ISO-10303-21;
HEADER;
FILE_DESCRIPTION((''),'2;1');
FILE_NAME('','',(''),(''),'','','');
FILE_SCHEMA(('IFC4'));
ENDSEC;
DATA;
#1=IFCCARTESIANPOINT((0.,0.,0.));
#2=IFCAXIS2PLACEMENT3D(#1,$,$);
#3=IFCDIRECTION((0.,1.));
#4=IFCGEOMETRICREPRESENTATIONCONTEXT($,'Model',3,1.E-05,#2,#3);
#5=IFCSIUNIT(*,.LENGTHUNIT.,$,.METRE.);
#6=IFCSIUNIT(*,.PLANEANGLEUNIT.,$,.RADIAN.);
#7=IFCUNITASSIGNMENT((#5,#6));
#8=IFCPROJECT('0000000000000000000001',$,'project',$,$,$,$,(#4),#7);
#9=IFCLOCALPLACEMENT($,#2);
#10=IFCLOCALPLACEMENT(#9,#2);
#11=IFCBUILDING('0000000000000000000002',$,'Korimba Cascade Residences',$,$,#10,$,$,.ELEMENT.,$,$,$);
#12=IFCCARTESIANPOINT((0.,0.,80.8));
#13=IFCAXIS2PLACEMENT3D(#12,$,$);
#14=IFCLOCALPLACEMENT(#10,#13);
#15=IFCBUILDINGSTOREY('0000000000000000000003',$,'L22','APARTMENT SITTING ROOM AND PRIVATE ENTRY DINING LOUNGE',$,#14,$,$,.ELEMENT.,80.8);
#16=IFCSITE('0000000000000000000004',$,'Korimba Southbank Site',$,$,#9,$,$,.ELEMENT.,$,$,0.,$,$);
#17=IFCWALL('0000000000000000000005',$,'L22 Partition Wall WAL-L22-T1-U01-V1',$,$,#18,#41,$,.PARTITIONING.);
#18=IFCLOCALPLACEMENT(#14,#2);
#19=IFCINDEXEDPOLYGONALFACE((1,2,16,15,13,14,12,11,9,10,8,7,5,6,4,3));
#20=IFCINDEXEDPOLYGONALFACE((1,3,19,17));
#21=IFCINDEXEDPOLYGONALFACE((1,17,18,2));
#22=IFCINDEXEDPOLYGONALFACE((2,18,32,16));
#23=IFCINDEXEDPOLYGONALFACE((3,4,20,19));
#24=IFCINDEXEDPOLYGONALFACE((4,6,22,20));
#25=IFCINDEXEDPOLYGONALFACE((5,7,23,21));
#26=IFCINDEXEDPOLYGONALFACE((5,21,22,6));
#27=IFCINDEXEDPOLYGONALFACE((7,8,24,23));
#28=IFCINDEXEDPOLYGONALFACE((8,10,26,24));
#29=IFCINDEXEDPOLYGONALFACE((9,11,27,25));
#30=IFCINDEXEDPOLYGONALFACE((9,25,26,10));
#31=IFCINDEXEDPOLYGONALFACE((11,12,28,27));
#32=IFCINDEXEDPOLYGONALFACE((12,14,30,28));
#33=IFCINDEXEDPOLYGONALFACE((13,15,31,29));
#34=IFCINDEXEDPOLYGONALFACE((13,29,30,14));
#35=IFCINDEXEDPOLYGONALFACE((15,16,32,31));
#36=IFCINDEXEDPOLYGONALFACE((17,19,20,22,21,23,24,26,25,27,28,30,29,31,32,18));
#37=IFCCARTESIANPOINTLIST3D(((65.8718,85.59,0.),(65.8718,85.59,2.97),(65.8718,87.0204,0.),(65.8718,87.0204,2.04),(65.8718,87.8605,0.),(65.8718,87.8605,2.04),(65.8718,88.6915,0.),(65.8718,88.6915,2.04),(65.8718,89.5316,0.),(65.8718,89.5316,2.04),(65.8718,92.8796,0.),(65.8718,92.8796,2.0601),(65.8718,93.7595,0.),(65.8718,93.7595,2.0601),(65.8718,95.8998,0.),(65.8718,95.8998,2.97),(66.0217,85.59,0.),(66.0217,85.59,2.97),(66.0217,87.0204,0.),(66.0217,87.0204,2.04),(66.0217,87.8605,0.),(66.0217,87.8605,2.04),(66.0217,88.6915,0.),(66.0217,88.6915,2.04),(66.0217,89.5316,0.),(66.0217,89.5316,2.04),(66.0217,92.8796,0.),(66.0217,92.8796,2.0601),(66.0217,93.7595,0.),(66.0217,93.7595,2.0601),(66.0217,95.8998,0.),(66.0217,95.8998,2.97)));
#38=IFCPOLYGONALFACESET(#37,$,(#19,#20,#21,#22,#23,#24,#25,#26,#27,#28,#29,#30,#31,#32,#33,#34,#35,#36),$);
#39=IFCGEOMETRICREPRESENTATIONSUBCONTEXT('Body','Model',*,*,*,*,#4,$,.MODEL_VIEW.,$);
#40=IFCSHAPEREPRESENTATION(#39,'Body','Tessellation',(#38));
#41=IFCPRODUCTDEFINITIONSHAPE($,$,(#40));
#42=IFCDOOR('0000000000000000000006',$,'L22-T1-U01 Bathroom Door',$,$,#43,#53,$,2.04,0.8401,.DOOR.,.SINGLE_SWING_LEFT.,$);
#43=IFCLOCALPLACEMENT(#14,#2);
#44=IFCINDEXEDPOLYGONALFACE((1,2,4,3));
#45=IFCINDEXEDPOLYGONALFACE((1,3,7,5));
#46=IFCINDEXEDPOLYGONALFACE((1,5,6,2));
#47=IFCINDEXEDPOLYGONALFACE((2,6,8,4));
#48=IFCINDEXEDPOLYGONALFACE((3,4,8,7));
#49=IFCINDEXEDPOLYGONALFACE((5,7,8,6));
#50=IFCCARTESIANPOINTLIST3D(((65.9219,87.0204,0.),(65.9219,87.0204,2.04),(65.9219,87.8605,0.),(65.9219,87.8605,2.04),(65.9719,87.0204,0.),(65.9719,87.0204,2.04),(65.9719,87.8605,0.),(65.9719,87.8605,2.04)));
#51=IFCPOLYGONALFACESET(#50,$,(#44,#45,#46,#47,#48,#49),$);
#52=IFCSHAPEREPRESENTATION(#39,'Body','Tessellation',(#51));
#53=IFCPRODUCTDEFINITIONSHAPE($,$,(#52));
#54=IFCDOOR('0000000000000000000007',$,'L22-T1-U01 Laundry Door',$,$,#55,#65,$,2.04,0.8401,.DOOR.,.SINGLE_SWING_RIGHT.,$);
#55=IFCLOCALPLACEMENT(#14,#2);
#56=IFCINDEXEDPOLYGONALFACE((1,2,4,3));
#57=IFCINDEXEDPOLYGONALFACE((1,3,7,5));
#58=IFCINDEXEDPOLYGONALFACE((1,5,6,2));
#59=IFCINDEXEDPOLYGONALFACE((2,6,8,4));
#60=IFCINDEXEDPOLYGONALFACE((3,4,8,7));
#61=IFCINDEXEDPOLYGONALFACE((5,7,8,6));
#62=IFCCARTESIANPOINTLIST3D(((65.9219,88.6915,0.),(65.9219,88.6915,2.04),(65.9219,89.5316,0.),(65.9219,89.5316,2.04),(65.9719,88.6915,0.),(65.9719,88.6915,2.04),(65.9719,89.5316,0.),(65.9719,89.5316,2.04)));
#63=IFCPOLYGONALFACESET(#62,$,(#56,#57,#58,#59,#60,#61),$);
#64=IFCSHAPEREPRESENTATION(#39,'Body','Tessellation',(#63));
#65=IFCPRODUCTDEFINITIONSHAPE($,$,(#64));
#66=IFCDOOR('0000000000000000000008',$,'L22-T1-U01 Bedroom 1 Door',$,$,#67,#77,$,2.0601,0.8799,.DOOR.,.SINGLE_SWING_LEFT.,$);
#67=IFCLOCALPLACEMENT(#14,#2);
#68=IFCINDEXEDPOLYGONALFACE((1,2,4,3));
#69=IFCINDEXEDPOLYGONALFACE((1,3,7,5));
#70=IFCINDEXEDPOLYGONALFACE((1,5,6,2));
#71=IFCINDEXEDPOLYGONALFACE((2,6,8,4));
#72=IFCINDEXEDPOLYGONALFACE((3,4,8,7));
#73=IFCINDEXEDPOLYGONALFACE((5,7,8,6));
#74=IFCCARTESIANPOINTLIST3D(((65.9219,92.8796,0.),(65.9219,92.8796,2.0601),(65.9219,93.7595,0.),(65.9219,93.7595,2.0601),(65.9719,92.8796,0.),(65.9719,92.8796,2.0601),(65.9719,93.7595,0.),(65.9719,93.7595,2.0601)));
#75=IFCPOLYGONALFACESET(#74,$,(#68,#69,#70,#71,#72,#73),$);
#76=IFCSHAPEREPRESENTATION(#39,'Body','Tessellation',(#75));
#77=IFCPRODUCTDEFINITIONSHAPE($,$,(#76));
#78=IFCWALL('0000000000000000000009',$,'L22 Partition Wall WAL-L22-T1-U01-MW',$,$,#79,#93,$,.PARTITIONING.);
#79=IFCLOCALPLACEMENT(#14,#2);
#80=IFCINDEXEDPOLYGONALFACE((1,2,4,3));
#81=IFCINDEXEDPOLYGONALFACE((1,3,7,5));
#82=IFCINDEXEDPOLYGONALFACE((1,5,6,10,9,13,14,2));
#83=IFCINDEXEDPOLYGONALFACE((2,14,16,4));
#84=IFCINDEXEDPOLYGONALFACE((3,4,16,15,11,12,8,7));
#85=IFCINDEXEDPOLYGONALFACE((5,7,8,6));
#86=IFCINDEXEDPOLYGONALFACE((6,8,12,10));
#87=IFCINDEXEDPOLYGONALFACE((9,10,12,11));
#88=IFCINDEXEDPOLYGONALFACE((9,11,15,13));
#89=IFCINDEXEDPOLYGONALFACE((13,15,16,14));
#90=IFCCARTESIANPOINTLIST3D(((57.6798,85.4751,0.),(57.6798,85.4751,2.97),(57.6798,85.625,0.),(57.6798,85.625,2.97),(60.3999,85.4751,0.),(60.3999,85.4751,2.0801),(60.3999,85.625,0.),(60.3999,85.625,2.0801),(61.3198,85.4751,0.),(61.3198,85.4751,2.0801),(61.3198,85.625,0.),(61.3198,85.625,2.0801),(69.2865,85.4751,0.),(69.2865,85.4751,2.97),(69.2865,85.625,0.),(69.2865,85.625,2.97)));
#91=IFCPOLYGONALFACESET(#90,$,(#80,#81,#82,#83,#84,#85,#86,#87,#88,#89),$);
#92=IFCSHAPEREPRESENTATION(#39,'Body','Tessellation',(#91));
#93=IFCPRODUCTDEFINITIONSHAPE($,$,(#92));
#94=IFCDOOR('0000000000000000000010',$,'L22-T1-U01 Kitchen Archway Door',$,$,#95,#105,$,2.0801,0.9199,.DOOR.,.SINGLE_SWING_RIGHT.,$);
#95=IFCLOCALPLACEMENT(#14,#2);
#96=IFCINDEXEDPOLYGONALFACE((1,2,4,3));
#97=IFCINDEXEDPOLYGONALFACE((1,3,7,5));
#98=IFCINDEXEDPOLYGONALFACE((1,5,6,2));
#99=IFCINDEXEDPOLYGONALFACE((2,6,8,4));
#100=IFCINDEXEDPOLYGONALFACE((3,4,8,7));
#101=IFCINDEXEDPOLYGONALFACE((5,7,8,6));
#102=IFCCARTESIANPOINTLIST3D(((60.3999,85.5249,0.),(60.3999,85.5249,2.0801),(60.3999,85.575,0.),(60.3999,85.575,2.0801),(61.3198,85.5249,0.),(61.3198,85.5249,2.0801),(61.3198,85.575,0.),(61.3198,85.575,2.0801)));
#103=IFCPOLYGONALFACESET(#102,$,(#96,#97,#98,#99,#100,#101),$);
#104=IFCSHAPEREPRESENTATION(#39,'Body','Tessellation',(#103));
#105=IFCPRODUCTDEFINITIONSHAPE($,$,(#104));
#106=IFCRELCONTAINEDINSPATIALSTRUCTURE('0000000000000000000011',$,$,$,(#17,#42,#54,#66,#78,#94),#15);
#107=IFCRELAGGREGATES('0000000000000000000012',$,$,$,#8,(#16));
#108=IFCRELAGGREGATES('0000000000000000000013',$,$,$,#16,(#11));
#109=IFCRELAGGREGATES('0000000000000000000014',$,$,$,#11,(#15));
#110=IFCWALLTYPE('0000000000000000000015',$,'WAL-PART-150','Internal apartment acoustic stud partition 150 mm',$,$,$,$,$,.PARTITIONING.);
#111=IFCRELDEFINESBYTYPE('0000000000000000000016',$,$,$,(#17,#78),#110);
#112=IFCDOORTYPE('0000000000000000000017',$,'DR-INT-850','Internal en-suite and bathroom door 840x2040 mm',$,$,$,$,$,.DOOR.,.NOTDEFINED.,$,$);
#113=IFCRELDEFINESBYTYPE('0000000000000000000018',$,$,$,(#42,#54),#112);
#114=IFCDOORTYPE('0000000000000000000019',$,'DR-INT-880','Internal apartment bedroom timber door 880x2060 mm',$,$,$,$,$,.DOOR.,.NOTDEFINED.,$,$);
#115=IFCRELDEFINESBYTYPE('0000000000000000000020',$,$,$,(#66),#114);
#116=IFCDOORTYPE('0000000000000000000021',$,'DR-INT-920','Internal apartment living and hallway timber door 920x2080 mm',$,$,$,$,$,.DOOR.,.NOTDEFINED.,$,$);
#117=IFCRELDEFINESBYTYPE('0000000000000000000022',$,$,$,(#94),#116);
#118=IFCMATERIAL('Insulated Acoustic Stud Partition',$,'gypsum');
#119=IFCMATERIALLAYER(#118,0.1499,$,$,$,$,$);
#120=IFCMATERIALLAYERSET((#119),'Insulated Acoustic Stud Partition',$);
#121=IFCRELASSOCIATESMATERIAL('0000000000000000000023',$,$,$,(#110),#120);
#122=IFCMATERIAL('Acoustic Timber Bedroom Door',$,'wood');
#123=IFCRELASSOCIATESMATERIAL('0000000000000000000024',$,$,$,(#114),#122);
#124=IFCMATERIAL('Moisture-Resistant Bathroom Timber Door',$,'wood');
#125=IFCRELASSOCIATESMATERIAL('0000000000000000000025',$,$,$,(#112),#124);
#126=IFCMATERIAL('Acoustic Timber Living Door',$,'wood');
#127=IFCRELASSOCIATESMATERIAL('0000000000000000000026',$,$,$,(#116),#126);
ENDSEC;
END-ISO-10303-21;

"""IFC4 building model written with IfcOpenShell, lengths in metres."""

from ifc_helpers import new_model, si_unit, direction, frame, frame_2d, origin, place, context, subcontext, project, spatial, rectangle, extrude, material, layer, layer_set, type_object, element, fill, save


model = new_model("IFC4")

# Units and contexts
model_context = context("Model", 3, precision=1e-05, world=origin(), true_north=direction((0.0, 1.0)))
body_context = subcontext(model_context, "Body", "Model", "MODEL_VIEW")
ifc_project = project(units=[si_unit("LENGTHUNIT", "METRE"), si_unit("PLANEANGLEUNIT", "RADIAN")], contexts=[model_context])

# Site, building, storey
site_placement = place(None, origin())
site = spatial("IfcSite", under=ifc_project, at=site_placement, Name="Korimba Southbank Site", CompositionType="ELEMENT", RefElevation=0.0)
building_placement = place(site_placement, origin())
building = spatial("IfcBuilding", under=site, at=building_placement, Name="Korimba Cascade Residences", CompositionType="ELEMENT")
storey_placement = place(building_placement, frame((0.0, 0.0, 80.8)))
storey = spatial("IfcBuildingStorey", under=building, at=storey_placement, Name="L22", Description="APARTMENT SITTING ROOM AND PRIVATE ENTRY DINING LOUNGE", CompositionType="ELEMENT", Elevation=80.8)

# Shared definitions
ifc_material_1 = material(Name="Insulated Acoustic Stud Partition", Category="gypsum")
ifc_layer_1 = layer(ifc_material_1, 0.1499)
ifc_layer_set_1 = layer_set([ifc_layer_1], Name="Insulated Acoustic Stud Partition")
wall_type_1 = type_object("IfcWallType", Name="WAL-PART-150", Description="Internal apartment acoustic stud partition 150 mm", PredefinedType="PARTITIONING", material=ifc_layer_set_1)
ifc_material_2 = material(Name="Acoustic Timber Bedroom Door", Category="wood")
door_type_1 = type_object("IfcDoorType", Name="DR-INT-880", Description="Internal apartment bedroom timber door 880x2060 mm", OperationType="NOTDEFINED", PredefinedType="DOOR", material=ifc_material_2)

# Wall, openings, doors
wall_1_placement = place(storey_placement, frame((65.9468, 85.5901, 0.0), z_axis=(0.0, 0.0, 1.0), x_axis=(0.0, 1.0, 0.0)))
wall_1 = element("IfcWall", 1, at=wall_1_placement, inside=storey, type_object=wall_type_1, Name="L22 Partition Wall WAL-L22-T1-U01-V1", PredefinedType="PARTITIONING", context=body_context, shape_type="SweptSolid", body=[
    extrude(rectangle(XDim=10.3098, YDim=0.1499, at=frame_2d((5.1548, 0.0))), origin(), (0.0, 0.0, 1.0), 2.97),
])
opening_1_placement = place(wall_1_placement, frame((1.4304, 0.0, 0.0)))
opening_1 = element("IfcOpeningElement", 2, at=opening_1_placement, cuts=wall_1, PredefinedType="OPENING", context=body_context, shape_type="SweptSolid", body=[
    extrude(rectangle(XDim=0.8401, YDim=2.04, at=frame_2d((0.4199, 1.02))), frame((0.0, 0.085, 0.0), z_axis=(0.0, -1.0, 0.0), x_axis=(1.0, 0.0, 0.0)), (0.0, 0.0, 1.0), 0.1699),
])
opening_2_placement = place(wall_1_placement, frame((3.1016, 0.0, 0.0)))
opening_2 = element("IfcOpeningElement", 3, at=opening_2_placement, cuts=wall_1, PredefinedType="OPENING", context=body_context, shape_type="SweptSolid", body=[
    extrude(rectangle(XDim=0.8401, YDim=2.04, at=frame_2d((0.4199, 1.02))), frame((0.0, 0.085, 0.0), z_axis=(0.0, -1.0, 0.0), x_axis=(1.0, 0.0, 0.0)), (0.0, 0.0, 1.0), 0.1699),
])
opening_3_placement = place(wall_1_placement, frame((7.2896, 0.0, 0.0)))
opening_3 = element("IfcOpeningElement", 4, at=opening_3_placement, cuts=wall_1, PredefinedType="OPENING", context=body_context, shape_type="SweptSolid", body=[
    extrude(rectangle(XDim=0.8799, YDim=2.0601, at=frame_2d((0.4399, 1.03))), frame((0.0, 0.085, 0.0), z_axis=(0.0, -1.0, 0.0), x_axis=(1.0, 0.0, 0.0)), (0.0, 0.0, 1.0), 0.1699),
])
ifc_material_3 = material(Name="Moisture-Resistant Bathroom Timber Door", Category="wood")
door_type_2 = type_object("IfcDoorType", Name="DR-INT-850", Description="Internal en-suite and bathroom door 840x2040 mm", OperationType="NOTDEFINED", PredefinedType="DOOR", material=ifc_material_3)
door_1_placement = place(opening_1_placement, origin())
door_1 = element("IfcDoor", 5, at=door_1_placement, inside=storey, type_object=door_type_2, Name="L22-T1-U01 Bathroom Door", OperationType="SINGLE_SWING_LEFT", OverallHeight=2.04, OverallWidth=0.8401, PredefinedType="DOOR", context=body_context, shape_type="SweptSolid", body=[
    extrude(rectangle(XDim=0.8401, YDim=2.04, at=frame_2d((0.4199, 1.02))), frame((0.0, 0.0249, 0.0), z_axis=(0.0, -1.0, 0.0), x_axis=(1.0, 0.0, 0.0)), (0.0, 0.0, 1.0), 0.05),
])
fill(opening_1, door_1)
door_2_placement = place(opening_2_placement, origin())
door_2 = element("IfcDoor", 6, at=door_2_placement, inside=storey, type_object=door_type_2, Name="L22-T1-U01 Laundry Door", OperationType="SINGLE_SWING_RIGHT", OverallHeight=2.04, OverallWidth=0.8401, PredefinedType="DOOR", context=body_context, shape_type="SweptSolid", body=[
    extrude(rectangle(XDim=0.8401, YDim=2.04, at=frame_2d((0.4199, 1.02))), frame((0.0, 0.0249, 0.0), z_axis=(0.0, -1.0, 0.0), x_axis=(1.0, 0.0, 0.0)), (0.0, 0.0, 1.0), 0.05),
])
fill(opening_2, door_2)
door_3_placement = place(opening_3_placement, origin())
door_3 = element("IfcDoor", 7, at=door_3_placement, inside=storey, type_object=door_type_1, Name="L22-T1-U01 Bedroom 1 Door", OperationType="SINGLE_SWING_LEFT", OverallHeight=2.0601, OverallWidth=0.8799, PredefinedType="DOOR", context=body_context, shape_type="SweptSolid", body=[
    extrude(rectangle(XDim=0.8799, YDim=2.0601, at=frame_2d((0.4399, 1.03))), frame((0.0, 0.0249, 0.0), z_axis=(0.0, -1.0, 0.0), x_axis=(1.0, 0.0, 0.0)), (0.0, 0.0, 1.0), 0.05),
])
fill(opening_3, door_3)

# Wall, opening, door
wall_2_placement = place(storey_placement, frame((57.6799, 85.55, 0.0), z_axis=(0.0, 0.0, 1.0), x_axis=(1.0, 0.0, 0.0)))
wall_2 = element("IfcWall", 8, at=wall_2_placement, inside=storey, type_object=wall_type_1, Name="L22 Partition Wall WAL-L22-T1-U01-MW", PredefinedType="PARTITIONING", context=body_context, shape_type="SweptSolid", body=[
    extrude(rectangle(XDim=11.6067, YDim=0.1499, at=frame_2d((5.8032, 0.0))), origin(), (0.0, 0.0, 1.0), 2.97),
])
opening_4_placement = place(wall_2_placement, frame((2.72, 0.0, 0.0)))
opening_4 = element("IfcOpeningElement", 9, at=opening_4_placement, cuts=wall_2, PredefinedType="OPENING", context=body_context, shape_type="SweptSolid", body=[
    extrude(rectangle(XDim=0.9199, YDim=2.0801, at=frame_2d((0.46, 1.04))), frame((0.0, 0.085, 0.0), z_axis=(0.0, -1.0, 0.0), x_axis=(1.0, 0.0, 0.0)), (0.0, 0.0, 1.0), 0.1699),
])
ifc_material_4 = material(Name="Acoustic Timber Living Door", Category="wood")
door_type_3 = type_object("IfcDoorType", Name="DR-INT-920", Description="Internal apartment living and hallway timber door 920x2080 mm", OperationType="NOTDEFINED", PredefinedType="DOOR", material=ifc_material_4)
door_4_placement = place(opening_4_placement, origin())
door_4 = element("IfcDoor", 10, at=door_4_placement, inside=storey, type_object=door_type_3, Name="L22-T1-U01 Kitchen Archway Door", OperationType="SINGLE_SWING_RIGHT", OverallHeight=2.0801, OverallWidth=0.9199, PredefinedType="DOOR", context=body_context, shape_type="SweptSolid", body=[
    extrude(rectangle(XDim=0.9199, YDim=2.0801, at=frame_2d((0.46, 1.04))), frame((0.0, 0.0249, 0.0), z_axis=(0.0, -1.0, 0.0), x_axis=(1.0, 0.0, 0.0)), (0.0, 0.0, 1.0), 0.05),
])
fill(opening_4, door_4)

save(model, "model.ifc")
